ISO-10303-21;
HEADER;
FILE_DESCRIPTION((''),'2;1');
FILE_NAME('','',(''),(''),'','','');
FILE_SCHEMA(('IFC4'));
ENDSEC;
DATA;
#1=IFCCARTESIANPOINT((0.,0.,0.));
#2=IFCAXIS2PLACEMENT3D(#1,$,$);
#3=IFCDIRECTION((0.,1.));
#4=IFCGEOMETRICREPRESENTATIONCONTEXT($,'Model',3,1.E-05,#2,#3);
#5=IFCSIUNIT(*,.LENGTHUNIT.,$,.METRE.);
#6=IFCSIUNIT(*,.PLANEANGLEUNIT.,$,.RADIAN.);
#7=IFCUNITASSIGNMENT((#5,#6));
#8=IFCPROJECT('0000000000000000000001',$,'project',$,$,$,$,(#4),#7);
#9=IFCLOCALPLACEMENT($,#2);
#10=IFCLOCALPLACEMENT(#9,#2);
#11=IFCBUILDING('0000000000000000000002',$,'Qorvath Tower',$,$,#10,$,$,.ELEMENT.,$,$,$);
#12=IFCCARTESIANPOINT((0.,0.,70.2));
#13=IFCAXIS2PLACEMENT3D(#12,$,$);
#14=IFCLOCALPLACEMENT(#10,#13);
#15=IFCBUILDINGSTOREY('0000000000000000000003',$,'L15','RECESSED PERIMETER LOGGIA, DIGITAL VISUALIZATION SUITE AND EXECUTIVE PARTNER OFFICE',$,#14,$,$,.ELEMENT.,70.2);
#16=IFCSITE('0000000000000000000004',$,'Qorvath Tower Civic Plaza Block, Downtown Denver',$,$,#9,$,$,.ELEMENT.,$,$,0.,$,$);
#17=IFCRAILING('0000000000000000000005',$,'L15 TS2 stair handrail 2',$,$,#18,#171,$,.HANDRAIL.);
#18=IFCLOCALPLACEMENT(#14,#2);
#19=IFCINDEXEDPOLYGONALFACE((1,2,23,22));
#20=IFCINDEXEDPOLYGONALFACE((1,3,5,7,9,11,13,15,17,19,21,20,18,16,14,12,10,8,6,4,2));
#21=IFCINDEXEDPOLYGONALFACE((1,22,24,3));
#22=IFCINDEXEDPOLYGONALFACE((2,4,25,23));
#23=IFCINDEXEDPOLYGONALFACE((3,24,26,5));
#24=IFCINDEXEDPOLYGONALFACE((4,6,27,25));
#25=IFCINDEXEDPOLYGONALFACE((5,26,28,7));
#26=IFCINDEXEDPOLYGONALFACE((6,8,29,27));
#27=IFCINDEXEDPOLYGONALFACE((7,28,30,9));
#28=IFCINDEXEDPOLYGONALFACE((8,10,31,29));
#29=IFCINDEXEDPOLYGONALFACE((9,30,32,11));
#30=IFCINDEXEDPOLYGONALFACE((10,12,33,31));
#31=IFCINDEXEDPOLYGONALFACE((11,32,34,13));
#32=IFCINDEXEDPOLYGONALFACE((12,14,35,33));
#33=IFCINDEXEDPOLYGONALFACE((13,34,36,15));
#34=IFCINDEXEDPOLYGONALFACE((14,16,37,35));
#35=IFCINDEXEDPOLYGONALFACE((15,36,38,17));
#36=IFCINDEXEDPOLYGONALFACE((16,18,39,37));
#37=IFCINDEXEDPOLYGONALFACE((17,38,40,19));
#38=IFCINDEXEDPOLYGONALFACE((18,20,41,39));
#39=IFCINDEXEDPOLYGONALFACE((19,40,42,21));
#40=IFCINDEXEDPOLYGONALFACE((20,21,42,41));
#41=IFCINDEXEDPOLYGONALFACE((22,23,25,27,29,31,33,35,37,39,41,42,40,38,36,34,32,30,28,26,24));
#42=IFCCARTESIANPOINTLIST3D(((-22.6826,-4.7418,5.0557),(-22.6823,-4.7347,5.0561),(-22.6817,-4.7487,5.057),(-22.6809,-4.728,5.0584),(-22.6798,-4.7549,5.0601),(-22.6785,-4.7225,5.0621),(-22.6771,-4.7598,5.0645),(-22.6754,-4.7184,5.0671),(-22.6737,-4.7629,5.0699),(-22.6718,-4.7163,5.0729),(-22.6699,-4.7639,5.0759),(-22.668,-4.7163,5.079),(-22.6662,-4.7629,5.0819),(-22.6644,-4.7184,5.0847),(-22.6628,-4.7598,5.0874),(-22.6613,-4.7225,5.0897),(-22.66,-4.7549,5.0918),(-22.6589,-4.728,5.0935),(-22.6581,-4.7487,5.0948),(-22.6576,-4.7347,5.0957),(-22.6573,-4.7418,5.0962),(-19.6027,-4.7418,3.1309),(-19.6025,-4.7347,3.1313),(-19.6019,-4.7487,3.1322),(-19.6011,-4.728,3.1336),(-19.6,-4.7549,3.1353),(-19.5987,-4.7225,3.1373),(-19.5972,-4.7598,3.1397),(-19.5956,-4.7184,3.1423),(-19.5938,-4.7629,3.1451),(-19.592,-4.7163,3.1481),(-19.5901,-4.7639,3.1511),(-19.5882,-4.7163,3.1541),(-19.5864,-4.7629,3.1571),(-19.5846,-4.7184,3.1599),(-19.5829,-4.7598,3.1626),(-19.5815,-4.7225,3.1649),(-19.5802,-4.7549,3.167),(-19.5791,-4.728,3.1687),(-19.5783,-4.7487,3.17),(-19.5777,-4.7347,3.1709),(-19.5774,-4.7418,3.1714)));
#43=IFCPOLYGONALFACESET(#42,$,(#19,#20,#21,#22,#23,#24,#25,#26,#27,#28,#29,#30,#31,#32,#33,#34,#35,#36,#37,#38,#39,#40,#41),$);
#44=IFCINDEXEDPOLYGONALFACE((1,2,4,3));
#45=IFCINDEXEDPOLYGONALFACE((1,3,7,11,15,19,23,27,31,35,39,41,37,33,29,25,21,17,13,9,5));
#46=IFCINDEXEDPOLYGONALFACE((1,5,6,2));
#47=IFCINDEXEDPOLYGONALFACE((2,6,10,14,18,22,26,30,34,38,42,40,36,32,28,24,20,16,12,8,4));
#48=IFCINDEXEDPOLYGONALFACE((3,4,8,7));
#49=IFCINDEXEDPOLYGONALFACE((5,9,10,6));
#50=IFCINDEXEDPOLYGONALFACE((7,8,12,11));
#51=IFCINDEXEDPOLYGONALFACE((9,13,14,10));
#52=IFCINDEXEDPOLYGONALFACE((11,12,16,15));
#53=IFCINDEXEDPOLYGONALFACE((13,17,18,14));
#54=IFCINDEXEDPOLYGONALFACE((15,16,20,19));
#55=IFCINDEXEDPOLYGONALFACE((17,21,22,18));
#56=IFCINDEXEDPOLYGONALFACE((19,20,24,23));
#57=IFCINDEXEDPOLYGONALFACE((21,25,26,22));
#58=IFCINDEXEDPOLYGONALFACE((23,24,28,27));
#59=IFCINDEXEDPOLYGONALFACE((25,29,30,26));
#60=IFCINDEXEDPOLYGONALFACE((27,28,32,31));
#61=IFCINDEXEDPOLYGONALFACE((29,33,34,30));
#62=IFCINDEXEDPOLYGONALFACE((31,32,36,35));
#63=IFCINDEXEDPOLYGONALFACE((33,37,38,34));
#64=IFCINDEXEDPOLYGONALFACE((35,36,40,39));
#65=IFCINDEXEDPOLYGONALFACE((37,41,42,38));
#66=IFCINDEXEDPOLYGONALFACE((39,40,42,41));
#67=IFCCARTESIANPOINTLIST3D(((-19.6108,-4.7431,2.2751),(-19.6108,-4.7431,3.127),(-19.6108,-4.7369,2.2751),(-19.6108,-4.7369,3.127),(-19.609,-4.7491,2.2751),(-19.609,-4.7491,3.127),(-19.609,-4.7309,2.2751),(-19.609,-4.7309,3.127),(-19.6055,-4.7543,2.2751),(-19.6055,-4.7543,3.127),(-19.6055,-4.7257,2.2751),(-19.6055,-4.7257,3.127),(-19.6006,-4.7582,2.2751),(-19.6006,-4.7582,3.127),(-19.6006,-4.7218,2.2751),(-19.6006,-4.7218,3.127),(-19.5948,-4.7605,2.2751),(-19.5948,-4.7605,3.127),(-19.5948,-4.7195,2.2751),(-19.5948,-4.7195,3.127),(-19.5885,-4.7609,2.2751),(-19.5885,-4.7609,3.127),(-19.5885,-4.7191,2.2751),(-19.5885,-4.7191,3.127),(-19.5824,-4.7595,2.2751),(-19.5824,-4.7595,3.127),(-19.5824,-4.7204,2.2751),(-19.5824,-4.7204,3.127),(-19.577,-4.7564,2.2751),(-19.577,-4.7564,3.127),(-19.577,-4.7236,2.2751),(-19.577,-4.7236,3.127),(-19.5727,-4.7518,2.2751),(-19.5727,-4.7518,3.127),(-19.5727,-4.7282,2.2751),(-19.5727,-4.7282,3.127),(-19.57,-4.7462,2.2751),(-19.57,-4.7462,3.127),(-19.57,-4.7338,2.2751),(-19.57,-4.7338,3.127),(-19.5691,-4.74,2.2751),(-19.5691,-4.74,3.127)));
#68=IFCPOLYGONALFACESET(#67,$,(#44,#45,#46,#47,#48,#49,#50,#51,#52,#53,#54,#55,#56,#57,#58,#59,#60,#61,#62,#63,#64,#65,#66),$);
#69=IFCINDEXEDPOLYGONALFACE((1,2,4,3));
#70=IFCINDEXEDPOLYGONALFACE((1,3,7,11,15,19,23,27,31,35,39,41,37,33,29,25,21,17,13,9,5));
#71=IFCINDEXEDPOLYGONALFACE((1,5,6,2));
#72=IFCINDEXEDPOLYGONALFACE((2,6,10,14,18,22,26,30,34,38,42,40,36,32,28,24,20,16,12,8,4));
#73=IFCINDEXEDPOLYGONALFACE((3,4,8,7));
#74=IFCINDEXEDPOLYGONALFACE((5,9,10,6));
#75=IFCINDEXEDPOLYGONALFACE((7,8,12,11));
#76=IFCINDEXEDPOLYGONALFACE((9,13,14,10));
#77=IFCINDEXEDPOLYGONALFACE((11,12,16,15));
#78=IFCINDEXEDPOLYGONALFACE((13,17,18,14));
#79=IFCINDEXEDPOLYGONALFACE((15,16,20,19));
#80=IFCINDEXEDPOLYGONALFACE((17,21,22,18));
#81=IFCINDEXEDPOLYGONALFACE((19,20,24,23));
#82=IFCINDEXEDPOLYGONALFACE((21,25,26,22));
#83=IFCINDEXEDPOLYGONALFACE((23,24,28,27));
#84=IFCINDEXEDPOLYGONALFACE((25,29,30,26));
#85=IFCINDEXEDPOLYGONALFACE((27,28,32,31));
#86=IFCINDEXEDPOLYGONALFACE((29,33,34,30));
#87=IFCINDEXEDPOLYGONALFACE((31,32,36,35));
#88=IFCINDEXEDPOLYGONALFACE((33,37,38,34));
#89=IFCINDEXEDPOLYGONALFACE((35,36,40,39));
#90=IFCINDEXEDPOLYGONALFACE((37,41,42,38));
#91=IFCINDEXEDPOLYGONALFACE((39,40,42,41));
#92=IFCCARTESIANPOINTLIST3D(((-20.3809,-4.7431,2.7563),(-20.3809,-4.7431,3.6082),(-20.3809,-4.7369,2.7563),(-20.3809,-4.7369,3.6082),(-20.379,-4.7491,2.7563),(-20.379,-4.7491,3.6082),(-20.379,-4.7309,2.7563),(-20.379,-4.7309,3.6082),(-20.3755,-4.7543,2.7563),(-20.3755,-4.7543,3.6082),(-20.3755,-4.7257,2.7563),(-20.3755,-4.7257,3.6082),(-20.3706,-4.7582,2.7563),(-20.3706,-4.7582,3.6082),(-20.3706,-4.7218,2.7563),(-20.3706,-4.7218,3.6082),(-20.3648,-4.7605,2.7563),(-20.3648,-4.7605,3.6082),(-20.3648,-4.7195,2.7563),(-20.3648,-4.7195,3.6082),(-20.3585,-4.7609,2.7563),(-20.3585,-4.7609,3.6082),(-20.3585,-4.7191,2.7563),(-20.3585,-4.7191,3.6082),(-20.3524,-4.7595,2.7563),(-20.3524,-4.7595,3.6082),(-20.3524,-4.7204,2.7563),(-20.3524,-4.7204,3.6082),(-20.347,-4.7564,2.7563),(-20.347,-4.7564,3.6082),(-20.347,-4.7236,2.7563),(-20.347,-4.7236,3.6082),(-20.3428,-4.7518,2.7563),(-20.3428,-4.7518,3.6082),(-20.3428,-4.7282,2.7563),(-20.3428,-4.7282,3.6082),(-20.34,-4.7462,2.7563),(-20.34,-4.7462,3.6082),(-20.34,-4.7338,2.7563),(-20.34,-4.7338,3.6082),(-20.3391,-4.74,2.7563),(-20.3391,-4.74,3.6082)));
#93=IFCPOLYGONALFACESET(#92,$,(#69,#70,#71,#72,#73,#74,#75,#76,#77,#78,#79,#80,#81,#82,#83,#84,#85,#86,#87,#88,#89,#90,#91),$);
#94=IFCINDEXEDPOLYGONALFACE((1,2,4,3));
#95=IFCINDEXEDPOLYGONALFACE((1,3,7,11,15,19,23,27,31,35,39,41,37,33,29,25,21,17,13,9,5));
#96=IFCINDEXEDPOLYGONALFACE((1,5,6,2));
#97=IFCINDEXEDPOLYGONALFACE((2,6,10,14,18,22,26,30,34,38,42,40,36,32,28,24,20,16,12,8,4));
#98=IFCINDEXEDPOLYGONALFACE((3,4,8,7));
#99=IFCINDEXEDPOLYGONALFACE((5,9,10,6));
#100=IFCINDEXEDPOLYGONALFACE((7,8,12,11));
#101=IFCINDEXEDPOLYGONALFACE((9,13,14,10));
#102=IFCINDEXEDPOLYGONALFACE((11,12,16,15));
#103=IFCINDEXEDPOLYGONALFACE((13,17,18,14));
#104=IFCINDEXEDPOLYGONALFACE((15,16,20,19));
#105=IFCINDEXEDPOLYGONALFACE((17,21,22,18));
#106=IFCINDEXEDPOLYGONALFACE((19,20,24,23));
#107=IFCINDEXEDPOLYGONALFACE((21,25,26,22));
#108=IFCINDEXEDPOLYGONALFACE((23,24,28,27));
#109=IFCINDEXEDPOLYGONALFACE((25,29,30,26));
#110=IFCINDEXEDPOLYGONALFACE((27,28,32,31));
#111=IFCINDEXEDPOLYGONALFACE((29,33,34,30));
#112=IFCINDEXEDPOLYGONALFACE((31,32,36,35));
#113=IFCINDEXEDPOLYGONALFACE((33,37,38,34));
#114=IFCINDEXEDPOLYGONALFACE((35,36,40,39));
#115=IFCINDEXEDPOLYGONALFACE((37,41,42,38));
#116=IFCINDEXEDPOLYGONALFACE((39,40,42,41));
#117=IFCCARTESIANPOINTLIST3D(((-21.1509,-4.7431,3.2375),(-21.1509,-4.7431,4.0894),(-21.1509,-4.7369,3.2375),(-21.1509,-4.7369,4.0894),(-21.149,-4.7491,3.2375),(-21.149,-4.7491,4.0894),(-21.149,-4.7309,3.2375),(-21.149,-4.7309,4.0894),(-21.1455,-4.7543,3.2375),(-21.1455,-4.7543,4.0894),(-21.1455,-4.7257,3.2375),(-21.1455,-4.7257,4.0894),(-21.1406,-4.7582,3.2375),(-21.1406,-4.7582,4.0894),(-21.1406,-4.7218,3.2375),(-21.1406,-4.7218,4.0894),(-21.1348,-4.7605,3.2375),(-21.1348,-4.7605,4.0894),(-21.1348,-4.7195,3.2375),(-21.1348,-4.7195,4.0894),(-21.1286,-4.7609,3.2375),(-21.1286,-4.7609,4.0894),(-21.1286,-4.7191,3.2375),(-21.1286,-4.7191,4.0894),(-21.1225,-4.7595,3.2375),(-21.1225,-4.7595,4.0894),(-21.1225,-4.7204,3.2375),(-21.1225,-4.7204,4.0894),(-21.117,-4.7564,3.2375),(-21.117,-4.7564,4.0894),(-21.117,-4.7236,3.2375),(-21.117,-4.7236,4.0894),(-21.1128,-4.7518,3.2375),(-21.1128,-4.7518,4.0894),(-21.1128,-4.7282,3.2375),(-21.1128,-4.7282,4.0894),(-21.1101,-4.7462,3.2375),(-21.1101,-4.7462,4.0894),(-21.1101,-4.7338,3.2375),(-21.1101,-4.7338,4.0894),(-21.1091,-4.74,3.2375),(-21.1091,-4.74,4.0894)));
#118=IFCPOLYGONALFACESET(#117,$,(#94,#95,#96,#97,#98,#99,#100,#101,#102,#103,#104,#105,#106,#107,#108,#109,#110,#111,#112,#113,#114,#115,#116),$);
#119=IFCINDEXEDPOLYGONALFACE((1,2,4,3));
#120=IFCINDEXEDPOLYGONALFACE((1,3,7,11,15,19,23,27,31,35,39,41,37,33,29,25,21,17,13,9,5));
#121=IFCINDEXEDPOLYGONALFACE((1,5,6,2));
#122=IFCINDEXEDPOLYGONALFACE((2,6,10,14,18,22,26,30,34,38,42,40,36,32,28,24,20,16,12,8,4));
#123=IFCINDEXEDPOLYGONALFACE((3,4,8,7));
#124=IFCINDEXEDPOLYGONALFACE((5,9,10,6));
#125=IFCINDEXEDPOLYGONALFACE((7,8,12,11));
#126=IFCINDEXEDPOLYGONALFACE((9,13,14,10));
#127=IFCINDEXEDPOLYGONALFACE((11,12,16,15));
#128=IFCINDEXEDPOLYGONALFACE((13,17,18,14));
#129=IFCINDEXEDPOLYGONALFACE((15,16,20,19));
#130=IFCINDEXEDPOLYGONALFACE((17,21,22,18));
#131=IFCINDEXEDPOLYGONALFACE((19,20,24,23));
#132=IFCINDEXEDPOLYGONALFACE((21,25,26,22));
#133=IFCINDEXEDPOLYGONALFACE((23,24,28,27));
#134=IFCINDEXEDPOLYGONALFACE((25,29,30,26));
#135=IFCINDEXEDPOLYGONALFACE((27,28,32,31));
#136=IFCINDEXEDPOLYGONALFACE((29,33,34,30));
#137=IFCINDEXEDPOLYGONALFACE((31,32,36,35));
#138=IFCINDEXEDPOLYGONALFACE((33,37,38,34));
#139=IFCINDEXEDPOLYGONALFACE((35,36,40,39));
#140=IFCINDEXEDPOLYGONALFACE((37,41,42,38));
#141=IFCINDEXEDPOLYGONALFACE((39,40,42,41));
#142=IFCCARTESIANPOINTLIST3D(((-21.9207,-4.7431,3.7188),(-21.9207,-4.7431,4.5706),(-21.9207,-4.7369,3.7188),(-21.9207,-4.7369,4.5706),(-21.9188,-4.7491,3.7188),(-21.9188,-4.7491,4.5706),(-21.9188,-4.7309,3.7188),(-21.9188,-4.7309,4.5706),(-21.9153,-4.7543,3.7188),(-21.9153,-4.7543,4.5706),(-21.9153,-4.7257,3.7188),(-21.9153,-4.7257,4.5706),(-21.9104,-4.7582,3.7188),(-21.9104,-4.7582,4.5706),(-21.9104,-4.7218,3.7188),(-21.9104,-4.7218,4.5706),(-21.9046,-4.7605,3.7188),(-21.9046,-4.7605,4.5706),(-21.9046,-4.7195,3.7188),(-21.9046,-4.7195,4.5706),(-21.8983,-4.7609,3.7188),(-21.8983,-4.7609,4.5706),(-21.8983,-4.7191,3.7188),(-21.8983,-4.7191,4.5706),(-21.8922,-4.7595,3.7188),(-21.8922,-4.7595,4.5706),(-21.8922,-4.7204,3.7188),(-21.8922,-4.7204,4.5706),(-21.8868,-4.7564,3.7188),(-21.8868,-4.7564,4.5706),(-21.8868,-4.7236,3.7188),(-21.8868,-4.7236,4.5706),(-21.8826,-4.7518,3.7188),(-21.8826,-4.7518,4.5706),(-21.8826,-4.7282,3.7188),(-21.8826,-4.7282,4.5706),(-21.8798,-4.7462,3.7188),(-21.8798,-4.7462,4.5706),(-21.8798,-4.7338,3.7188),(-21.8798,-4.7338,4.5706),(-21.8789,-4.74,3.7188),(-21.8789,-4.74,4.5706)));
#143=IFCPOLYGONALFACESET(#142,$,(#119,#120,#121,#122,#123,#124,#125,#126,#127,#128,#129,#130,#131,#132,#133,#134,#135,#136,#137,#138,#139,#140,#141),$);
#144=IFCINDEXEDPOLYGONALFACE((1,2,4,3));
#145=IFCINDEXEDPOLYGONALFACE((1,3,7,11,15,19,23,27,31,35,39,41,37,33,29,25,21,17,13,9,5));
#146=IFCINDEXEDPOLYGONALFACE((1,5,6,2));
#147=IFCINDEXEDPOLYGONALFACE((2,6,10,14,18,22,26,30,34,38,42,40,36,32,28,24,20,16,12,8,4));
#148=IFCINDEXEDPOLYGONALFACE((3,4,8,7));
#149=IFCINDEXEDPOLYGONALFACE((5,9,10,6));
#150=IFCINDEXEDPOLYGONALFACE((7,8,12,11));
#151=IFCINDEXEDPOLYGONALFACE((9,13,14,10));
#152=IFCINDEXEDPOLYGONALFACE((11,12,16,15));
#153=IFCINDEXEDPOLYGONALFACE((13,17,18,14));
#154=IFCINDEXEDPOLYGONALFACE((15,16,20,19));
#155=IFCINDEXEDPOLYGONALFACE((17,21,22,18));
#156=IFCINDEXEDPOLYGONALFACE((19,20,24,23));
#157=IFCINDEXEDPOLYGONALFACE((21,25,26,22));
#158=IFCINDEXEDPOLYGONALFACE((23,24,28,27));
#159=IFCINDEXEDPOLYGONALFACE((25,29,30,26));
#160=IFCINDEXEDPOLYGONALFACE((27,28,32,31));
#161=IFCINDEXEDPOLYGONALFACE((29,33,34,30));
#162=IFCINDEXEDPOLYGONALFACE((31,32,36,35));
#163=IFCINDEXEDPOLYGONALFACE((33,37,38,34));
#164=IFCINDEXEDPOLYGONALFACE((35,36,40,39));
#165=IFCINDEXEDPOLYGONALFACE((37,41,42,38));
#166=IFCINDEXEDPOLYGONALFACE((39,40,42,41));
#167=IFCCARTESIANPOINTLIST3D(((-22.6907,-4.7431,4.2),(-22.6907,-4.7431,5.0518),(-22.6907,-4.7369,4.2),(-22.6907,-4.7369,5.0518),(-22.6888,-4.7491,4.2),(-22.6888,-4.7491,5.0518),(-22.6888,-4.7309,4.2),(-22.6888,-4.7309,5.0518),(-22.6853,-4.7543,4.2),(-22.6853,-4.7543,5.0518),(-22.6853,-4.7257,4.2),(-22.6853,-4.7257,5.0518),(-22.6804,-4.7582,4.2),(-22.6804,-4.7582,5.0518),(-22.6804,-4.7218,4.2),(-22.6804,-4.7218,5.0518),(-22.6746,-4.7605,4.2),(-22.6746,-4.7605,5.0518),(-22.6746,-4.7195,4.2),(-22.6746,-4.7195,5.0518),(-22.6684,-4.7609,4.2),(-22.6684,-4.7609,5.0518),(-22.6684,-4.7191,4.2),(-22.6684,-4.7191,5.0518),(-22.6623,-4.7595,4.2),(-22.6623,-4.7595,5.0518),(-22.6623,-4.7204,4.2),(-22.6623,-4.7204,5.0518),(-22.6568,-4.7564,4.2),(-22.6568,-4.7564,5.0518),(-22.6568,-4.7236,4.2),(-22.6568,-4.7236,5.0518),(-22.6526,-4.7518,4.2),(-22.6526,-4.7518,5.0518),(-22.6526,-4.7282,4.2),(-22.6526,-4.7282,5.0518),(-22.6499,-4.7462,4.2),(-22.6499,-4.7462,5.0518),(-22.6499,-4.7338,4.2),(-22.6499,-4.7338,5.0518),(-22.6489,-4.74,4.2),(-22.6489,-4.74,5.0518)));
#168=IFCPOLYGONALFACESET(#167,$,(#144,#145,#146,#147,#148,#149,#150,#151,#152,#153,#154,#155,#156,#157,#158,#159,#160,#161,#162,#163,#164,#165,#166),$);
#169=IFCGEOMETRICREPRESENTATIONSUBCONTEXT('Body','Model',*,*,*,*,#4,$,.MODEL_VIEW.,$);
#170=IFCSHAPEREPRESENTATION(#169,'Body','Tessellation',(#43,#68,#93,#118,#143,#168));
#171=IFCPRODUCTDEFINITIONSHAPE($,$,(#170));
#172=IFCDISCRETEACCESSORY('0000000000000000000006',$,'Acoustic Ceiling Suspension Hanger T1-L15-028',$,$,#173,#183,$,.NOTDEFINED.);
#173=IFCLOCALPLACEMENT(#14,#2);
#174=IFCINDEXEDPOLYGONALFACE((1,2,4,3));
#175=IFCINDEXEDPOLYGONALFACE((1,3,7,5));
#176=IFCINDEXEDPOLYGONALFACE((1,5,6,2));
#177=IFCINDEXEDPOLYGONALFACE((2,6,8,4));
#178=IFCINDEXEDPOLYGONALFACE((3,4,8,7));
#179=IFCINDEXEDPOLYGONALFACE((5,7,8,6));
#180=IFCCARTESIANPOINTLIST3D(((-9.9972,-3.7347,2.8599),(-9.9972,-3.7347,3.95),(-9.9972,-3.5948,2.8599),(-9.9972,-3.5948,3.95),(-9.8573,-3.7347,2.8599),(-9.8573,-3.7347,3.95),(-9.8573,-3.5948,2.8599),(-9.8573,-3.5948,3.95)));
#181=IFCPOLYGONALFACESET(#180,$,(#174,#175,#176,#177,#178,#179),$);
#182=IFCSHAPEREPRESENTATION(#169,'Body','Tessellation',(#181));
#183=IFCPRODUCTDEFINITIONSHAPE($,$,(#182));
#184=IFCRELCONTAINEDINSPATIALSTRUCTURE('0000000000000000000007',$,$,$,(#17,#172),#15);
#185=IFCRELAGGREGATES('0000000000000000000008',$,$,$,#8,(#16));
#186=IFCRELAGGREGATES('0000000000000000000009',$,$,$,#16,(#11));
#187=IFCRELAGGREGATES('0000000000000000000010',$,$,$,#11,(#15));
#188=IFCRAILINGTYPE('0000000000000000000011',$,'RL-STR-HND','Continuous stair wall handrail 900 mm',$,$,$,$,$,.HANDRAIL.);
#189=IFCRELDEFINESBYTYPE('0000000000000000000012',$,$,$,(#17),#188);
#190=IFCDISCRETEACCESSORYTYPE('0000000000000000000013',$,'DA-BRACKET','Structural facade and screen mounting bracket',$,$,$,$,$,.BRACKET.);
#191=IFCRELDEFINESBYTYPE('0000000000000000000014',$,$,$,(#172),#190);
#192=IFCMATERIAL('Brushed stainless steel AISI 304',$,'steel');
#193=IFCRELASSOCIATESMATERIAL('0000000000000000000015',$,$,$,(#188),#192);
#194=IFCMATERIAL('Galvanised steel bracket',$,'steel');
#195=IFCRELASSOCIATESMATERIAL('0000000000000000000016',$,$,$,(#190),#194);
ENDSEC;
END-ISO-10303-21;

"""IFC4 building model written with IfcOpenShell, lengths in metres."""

from ifc_helpers import new_model, si_unit, direction, frame, origin, origin_2d, place, context, subcontext, project, spatial, rectangle, circle, extrude, material, type_object, element, save


model = new_model("IFC4")

# Units and contexts
model_context = context("Model", 3, precision=1e-05, world=origin(), true_north=direction((0.0, 1.0)))
body_context = subcontext(model_context, "Body", "Model", "MODEL_VIEW")
ifc_project = project(units=[si_unit("LENGTHUNIT", "METRE"), si_unit("PLANEANGLEUNIT", "RADIAN")], contexts=[model_context])

# Site, building, storey
site_placement = place(None, origin())
site = spatial("IfcSite", under=ifc_project, at=site_placement, Name="Qorvath Tower Civic Plaza Block, Downtown Denver", CompositionType="ELEMENT", RefElevation=0.0)
building_placement = place(site_placement, origin())
building = spatial("IfcBuilding", under=site, at=building_placement, Name="Qorvath Tower", CompositionType="ELEMENT")
storey_placement = place(building_placement, frame((0.0, 0.0, 70.2)))
storey = spatial("IfcBuildingStorey", under=building, at=storey_placement, Name="L15", Description="RECESSED PERIMETER LOGGIA, DIGITAL VISUALIZATION SUITE AND EXECUTIVE PARTNER OFFICE", CompositionType="ELEMENT", Elevation=70.2)

# Railing
ifc_material_1 = material(Name="Brushed stainless steel AISI 304", Category="steel")
railing_type = type_object("IfcRailingType", Name="RL-STR-HND", Description="Continuous stair wall handrail 900 mm", PredefinedType="HANDRAIL", material=ifc_material_1)
railing_placement = place(storey_placement, frame((-19.5901, -4.74, 2.2751)))
element("IfcRailing", 1, at=railing_placement, inside=storey, type_object=railing_type, Name="L15 TS2 stair handrail 2", PredefinedType="HANDRAIL", context=body_context, shape_type="SweptSolid", body=[
    extrude(circle(Radius=0.0239, at=origin_2d()), frame((0.0, 0.0, 0.876), z_axis=(-0.84801, 0.0, 0.529981), x_axis=(0.0, -1.0, 0.0)), (0.0, 0.0, 1.0), 3.6318),
    extrude(circle(Radius=0.021, at=origin_2d()), origin(), (0.0, 0.0, 1.0), 0.8518),
    extrude(circle(Radius=0.021, at=origin_2d()), frame((-0.77, 0.0, 0.4812)), (0.0, 0.0, 1.0), 0.8518),
    extrude(circle(Radius=0.021, at=origin_2d()), frame((-1.54, 0.0, 0.9624)), (0.0, 0.0, 1.0), 0.8518),
    extrude(circle(Radius=0.021, at=origin_2d()), frame((-2.3098, 0.0, 1.4436)), (0.0, 0.0, 1.0), 0.8518),
    extrude(circle(Radius=0.021, at=origin_2d()), frame((-3.0798, 0.0, 1.9248)), (0.0, 0.0, 1.0), 0.8518),
])

# Discrete accessory
ifc_material_2 = material(Name="Galvanised steel bracket", Category="steel")
discrete_accessory_type = type_object("IfcDiscreteAccessoryType", Name="DA-BRACKET", Description="Structural facade and screen mounting bracket", PredefinedType="BRACKET", material=ifc_material_2)
discrete_accessory_placement = place(storey_placement, frame((-9.9272, -3.6648, 2.8599), z_axis=(0.0, 0.0, 1.0), x_axis=(1.0, 0.0, 0.0)))
element("IfcDiscreteAccessory", 2, at=discrete_accessory_placement, inside=storey, type_object=discrete_accessory_type, Name="Acoustic Ceiling Suspension Hanger T1-L15-028", PredefinedType="NOTDEFINED", context=body_context, shape_type="SweptSolid", body=[
    extrude(rectangle(XDim=0.1399, YDim=0.1399, at=origin_2d()), origin(), (0.0, 0.0, 1.0), 1.0901),
])

save(model, "model.ifc")
